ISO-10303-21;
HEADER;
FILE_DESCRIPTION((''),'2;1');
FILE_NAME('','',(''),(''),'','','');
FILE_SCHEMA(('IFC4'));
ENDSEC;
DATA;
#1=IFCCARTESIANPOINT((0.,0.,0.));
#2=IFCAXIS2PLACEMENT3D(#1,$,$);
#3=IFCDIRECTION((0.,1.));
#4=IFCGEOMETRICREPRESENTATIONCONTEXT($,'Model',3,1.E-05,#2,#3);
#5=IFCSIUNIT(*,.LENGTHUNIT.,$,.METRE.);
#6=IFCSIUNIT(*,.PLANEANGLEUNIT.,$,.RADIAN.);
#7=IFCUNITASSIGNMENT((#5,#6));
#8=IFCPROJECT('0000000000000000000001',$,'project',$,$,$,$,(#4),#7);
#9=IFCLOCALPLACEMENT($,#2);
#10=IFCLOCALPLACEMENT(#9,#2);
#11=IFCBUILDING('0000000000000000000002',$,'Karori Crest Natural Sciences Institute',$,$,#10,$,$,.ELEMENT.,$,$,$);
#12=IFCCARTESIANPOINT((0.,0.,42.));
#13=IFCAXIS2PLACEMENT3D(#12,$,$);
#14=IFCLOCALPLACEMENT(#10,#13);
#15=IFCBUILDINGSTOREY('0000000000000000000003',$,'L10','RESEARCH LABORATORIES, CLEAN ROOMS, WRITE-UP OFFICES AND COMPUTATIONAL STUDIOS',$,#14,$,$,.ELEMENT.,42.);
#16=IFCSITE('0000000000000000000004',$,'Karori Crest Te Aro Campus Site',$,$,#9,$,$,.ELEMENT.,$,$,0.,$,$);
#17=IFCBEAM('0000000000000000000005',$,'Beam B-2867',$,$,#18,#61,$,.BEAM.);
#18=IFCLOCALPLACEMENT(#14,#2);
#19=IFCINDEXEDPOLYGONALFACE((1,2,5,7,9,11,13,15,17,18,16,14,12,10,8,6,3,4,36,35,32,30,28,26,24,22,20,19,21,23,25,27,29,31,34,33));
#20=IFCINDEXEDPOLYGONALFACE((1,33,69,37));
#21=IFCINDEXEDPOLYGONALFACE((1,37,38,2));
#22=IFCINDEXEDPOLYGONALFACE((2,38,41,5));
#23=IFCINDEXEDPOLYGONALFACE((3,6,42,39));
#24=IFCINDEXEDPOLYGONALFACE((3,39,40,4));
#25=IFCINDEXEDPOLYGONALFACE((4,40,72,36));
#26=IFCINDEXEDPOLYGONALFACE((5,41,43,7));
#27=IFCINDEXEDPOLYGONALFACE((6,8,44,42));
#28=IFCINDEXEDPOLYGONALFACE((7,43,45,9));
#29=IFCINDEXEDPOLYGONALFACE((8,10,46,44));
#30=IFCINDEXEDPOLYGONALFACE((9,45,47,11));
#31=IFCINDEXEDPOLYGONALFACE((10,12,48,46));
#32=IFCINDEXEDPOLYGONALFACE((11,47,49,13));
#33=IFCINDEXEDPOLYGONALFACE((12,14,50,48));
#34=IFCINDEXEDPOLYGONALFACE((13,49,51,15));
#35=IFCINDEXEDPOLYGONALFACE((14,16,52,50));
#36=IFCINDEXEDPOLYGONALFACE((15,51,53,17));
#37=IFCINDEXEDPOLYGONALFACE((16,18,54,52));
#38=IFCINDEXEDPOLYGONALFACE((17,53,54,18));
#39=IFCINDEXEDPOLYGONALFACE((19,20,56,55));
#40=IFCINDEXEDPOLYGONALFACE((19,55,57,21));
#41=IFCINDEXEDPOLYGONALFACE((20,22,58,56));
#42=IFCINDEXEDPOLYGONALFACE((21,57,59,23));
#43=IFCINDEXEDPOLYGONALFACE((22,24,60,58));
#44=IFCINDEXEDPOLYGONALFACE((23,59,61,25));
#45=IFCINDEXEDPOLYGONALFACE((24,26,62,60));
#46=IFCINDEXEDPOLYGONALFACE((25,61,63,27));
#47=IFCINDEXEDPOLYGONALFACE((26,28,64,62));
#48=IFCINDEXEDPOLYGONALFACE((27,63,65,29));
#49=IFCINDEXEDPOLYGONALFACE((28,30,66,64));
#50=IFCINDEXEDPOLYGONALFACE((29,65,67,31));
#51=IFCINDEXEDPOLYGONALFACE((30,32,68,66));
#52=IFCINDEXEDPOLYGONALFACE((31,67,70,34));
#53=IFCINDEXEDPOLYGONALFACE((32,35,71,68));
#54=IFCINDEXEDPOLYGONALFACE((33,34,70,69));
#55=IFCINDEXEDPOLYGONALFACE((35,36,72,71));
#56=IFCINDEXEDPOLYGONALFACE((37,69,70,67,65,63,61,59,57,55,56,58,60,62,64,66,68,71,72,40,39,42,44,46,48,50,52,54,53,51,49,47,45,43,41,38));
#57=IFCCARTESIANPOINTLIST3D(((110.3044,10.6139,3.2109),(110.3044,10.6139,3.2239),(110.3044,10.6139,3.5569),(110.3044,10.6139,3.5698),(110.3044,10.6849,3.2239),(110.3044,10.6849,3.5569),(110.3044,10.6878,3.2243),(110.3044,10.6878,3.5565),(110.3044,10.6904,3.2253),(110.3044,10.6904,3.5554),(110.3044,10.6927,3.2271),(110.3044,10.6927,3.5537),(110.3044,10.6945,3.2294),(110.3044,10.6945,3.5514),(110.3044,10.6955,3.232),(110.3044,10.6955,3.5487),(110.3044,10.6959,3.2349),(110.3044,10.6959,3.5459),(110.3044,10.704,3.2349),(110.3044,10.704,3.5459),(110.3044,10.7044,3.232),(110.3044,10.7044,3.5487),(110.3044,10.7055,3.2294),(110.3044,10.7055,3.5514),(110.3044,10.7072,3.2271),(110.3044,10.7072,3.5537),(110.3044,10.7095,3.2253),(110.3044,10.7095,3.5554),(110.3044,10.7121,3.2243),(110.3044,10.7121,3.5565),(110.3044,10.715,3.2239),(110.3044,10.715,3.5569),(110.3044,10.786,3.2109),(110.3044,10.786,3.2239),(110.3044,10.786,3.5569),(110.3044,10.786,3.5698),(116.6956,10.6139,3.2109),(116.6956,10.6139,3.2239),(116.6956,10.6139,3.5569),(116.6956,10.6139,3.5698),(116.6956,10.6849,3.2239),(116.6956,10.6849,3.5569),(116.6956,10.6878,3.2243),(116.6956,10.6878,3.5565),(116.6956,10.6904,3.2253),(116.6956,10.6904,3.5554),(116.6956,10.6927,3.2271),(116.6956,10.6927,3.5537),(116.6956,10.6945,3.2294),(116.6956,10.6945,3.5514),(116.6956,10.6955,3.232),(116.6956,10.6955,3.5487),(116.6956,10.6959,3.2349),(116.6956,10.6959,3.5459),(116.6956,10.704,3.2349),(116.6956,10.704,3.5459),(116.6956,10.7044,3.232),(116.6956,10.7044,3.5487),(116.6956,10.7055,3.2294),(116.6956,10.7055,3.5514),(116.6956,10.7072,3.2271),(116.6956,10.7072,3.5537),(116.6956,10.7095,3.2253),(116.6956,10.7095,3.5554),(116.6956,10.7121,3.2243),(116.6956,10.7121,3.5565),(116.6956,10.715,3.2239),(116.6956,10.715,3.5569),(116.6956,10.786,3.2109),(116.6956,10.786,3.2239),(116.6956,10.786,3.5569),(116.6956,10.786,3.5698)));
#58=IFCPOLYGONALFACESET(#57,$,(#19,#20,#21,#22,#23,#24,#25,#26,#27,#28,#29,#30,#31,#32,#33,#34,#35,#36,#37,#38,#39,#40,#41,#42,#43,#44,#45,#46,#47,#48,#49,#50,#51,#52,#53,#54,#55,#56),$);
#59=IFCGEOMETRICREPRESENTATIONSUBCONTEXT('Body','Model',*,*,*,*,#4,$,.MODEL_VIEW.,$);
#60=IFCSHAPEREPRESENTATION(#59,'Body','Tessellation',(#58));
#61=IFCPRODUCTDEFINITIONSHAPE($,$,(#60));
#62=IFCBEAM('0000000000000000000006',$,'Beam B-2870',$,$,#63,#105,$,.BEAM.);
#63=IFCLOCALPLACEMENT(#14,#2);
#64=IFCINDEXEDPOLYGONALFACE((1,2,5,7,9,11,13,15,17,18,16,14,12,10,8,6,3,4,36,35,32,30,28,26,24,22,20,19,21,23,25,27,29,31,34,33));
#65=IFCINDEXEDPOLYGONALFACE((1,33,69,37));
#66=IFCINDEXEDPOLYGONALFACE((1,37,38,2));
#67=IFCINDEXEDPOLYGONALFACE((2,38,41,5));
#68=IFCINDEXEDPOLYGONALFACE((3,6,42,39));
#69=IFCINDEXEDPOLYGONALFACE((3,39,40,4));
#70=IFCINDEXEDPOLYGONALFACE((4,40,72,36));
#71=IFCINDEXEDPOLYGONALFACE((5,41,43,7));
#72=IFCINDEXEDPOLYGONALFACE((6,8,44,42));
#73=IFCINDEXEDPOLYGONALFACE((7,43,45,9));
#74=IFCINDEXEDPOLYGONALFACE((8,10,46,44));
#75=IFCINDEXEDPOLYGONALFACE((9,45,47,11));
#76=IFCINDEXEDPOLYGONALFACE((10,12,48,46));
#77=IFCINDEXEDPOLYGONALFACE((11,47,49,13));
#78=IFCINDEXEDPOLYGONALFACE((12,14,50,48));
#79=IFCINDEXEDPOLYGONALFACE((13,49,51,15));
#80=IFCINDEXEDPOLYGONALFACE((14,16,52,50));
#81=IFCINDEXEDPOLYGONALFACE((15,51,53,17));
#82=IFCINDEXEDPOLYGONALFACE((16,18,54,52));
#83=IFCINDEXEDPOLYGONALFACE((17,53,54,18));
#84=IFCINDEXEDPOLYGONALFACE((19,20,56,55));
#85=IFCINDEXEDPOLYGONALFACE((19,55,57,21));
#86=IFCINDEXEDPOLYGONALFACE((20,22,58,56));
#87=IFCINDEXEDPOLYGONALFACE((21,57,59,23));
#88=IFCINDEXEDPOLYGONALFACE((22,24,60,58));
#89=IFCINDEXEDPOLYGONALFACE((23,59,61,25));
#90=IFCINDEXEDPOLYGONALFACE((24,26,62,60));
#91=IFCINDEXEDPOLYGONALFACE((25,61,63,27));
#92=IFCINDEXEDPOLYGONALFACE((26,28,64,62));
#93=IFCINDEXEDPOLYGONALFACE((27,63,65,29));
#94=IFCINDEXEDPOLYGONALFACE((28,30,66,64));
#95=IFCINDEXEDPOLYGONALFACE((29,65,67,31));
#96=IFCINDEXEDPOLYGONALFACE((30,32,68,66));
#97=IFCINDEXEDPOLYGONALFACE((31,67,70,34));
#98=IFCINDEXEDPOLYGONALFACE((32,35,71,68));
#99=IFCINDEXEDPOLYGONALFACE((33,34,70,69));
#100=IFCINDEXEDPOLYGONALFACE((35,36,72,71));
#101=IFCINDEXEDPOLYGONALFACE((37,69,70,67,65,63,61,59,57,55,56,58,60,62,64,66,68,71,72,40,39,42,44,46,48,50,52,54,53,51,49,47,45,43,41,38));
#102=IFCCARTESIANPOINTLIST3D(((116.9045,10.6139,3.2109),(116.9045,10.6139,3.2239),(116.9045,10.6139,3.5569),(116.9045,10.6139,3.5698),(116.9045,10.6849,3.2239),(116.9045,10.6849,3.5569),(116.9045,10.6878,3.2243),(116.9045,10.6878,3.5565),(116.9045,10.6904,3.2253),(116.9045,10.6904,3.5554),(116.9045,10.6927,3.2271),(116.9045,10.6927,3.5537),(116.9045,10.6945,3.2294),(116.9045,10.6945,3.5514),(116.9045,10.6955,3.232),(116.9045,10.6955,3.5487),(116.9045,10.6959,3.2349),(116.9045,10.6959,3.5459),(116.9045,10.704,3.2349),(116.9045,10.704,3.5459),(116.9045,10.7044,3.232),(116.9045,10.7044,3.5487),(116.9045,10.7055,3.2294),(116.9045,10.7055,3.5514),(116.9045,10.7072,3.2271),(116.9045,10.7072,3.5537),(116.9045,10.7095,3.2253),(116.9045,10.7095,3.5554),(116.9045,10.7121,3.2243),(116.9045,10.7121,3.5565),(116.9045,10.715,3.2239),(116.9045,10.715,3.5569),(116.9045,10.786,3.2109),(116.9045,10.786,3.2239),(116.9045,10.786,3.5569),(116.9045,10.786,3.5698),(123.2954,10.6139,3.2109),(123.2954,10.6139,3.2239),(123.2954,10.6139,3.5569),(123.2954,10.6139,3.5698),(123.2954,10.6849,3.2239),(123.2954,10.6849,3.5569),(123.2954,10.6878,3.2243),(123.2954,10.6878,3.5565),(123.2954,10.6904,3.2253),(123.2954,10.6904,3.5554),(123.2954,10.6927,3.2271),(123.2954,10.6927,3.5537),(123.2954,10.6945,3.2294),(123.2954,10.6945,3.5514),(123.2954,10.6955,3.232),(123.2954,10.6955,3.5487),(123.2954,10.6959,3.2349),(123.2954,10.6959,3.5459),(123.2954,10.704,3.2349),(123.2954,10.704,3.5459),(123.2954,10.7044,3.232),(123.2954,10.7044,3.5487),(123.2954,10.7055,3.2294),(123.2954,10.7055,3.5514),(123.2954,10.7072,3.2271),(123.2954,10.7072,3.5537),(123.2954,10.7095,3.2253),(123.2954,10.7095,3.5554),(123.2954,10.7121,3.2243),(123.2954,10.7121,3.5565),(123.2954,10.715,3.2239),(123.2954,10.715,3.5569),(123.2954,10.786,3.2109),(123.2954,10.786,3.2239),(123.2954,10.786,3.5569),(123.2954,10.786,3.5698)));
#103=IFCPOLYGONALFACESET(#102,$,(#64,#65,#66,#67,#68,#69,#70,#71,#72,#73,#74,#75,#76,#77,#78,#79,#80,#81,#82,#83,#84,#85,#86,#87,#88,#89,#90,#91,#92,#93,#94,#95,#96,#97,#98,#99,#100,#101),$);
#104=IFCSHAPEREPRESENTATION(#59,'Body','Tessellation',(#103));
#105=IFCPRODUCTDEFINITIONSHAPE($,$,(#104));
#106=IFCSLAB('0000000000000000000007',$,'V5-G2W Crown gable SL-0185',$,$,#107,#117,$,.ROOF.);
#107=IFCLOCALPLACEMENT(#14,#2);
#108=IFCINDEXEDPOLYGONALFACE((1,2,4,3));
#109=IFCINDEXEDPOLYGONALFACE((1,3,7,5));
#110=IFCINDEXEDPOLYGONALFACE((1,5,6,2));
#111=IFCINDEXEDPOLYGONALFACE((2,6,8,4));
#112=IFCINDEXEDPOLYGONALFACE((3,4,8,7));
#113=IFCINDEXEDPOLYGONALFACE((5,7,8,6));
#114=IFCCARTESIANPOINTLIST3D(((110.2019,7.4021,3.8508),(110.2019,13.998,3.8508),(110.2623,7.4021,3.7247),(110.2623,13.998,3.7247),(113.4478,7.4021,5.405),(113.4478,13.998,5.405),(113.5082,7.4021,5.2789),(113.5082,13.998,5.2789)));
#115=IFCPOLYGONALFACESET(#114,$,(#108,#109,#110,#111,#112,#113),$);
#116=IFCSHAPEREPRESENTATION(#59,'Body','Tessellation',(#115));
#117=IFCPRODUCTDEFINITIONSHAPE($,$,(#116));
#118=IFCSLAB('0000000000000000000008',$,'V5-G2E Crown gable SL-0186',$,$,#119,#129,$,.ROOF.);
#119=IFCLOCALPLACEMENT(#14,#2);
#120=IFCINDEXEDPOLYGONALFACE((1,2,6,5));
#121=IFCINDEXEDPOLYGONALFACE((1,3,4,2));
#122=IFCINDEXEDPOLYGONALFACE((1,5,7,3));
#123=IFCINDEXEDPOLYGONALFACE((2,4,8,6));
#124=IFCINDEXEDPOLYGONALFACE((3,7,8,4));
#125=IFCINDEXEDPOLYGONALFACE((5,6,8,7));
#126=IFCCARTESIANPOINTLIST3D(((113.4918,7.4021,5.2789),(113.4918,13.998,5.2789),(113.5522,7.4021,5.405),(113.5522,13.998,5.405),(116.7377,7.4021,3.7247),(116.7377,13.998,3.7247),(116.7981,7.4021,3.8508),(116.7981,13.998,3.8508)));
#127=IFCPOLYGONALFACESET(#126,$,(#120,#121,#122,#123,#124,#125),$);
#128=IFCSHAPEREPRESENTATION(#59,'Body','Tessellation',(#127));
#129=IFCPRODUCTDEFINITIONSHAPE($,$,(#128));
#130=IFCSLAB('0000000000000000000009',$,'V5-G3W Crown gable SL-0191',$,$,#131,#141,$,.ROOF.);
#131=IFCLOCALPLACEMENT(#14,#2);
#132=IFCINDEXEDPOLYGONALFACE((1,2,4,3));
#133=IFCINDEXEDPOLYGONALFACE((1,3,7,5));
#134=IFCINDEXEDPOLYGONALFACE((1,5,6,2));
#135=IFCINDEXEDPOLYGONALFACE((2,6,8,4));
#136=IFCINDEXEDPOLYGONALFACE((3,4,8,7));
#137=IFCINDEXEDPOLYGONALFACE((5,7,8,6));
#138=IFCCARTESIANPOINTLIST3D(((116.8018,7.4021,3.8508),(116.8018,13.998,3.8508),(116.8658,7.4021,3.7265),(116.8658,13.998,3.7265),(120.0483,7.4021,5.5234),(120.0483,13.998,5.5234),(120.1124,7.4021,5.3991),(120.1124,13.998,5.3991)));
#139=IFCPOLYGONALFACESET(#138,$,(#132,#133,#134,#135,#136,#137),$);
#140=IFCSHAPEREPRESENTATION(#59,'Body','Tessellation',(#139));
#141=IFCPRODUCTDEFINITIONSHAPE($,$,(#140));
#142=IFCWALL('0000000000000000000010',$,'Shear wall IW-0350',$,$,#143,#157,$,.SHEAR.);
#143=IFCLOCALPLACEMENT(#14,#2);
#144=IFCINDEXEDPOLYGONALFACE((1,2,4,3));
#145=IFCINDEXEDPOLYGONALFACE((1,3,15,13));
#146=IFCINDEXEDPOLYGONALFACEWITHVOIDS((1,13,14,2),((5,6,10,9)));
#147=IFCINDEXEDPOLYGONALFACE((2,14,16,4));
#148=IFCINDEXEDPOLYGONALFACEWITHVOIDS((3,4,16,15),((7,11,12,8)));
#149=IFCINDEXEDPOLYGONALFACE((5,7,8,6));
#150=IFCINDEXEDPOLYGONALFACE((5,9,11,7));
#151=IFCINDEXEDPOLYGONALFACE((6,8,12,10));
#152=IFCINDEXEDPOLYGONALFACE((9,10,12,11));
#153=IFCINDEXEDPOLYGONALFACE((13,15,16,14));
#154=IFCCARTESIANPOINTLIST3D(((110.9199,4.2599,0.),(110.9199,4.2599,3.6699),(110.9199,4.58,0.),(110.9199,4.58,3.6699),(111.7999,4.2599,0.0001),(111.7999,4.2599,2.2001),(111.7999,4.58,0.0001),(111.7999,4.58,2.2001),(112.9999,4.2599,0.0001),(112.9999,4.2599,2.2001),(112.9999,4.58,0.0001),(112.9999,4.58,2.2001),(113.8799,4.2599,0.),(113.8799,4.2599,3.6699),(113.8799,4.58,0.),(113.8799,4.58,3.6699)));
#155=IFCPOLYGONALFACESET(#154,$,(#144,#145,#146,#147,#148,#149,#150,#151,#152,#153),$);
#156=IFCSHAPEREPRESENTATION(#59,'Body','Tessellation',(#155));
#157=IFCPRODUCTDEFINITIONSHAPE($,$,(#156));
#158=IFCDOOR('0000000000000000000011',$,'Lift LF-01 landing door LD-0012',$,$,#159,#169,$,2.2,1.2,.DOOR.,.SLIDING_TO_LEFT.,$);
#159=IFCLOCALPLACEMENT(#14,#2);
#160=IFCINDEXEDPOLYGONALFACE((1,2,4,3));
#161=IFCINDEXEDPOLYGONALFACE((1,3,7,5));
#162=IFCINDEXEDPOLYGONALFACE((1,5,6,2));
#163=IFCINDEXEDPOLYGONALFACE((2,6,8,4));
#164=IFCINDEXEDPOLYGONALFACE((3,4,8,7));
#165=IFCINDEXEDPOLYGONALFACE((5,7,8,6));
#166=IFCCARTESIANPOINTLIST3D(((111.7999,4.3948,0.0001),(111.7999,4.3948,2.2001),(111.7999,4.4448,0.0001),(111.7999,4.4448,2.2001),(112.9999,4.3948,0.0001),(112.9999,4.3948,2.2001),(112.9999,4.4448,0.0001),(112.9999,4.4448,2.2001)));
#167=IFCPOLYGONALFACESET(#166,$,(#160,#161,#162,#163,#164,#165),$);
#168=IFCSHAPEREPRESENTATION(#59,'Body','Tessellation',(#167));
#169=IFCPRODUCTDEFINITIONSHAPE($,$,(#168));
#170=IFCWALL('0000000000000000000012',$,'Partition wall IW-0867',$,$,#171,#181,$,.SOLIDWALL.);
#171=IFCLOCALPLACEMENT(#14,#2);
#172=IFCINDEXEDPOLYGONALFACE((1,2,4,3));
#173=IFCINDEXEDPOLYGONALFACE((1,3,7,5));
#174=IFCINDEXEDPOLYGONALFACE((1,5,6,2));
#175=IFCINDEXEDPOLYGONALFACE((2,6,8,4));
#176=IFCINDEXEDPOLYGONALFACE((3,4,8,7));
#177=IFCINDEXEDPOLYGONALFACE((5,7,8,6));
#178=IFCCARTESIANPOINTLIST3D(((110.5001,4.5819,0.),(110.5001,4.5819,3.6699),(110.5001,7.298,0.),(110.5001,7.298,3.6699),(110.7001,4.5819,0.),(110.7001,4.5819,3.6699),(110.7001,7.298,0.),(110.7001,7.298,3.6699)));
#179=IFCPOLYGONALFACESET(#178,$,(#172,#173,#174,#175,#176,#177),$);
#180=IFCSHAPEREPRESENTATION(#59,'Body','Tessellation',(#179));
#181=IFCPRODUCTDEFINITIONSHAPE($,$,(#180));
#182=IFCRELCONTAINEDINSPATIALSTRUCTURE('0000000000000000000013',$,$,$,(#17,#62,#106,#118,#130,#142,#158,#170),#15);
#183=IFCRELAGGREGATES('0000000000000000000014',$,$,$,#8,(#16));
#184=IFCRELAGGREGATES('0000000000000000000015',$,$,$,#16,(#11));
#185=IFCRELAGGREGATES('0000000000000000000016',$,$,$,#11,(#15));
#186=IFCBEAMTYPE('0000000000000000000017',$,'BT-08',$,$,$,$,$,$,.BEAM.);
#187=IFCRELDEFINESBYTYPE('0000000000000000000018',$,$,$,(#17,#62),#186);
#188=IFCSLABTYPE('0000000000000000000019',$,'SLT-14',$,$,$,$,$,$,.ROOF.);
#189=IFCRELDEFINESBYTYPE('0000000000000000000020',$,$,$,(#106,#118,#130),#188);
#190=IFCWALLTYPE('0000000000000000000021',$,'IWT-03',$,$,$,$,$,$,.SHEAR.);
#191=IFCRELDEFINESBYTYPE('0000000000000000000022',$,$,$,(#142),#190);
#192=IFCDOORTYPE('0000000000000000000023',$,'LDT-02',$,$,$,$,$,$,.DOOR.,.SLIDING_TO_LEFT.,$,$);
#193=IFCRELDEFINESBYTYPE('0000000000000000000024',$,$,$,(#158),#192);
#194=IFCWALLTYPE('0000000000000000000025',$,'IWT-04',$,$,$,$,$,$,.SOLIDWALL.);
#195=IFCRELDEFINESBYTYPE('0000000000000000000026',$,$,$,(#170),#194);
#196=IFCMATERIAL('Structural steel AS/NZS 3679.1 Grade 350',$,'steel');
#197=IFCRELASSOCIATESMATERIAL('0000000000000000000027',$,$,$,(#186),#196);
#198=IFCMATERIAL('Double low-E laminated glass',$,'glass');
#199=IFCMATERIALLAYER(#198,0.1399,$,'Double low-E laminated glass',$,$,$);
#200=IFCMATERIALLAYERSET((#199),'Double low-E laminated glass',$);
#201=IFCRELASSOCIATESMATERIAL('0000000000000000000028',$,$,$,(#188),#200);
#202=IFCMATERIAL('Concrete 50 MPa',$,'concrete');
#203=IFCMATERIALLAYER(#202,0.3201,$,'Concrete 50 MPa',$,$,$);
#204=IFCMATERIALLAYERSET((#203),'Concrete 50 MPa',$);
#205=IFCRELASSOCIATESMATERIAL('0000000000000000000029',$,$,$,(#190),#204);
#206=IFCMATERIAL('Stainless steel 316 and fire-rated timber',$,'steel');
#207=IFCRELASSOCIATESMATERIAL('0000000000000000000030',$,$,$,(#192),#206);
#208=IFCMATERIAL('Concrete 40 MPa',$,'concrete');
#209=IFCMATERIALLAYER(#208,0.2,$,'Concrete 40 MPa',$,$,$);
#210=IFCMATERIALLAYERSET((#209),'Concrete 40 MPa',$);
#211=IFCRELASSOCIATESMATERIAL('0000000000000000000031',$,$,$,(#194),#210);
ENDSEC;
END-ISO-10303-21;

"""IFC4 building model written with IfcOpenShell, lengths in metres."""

from ifc_helpers import new_model, si_unit, direction, frame, frame_2d, origin, origin_2d, place, context, subcontext, project, spatial, polyline, rectangle, i_section, outline, extrude, material, layer, layer_set, material_profile, profile_set, type_object, element, fill, save


model = new_model("IFC4")

# Units and contexts
model_context = context("Model", 3, precision=1e-05, world=origin(), true_north=direction((0.0, 1.0)))
body_context = subcontext(model_context, "Body", "Model", "MODEL_VIEW")
ifc_project = project(units=[si_unit("LENGTHUNIT", "METRE"), si_unit("PLANEANGLEUNIT", "RADIAN")], contexts=[model_context])

# Site, building, storey
site_placement = place(None, origin())
site = spatial("IfcSite", under=ifc_project, at=site_placement, Name="Karori Crest Te Aro Campus Site", CompositionType="ELEMENT", RefElevation=0.0)
building_placement = place(site_placement, origin())
building = spatial("IfcBuilding", under=site, at=building_placement, Name="Karori Crest Natural Sciences Institute", CompositionType="ELEMENT")
storey_placement = place(building_placement, frame((0.0, 0.0, 42.0)))
storey = spatial("IfcBuildingStorey", under=building, at=storey_placement, Name="L10", Description="RESEARCH LABORATORIES, CLEAN ROOMS, WRITE-UP OFFICES AND COMPUTATIONAL STUDIOS", CompositionType="ELEMENT", Elevation=42.0)

# Shared definitions
ifc_material_1 = material(Name="Structural steel AS/NZS 3679.1 Grade 350", Category="steel")

# Beams
ifc_material_profile_1 = material_profile(ifc_material_1, i_section(OverallWidth=0.1721, OverallDepth=0.3589, WebThickness=0.0081, FlangeThickness=0.0129, FilletRadius=0.011, at=origin_2d()), Name="360UB56.7")
ifc_profile_set_1 = profile_set([ifc_material_profile_1], Name="Structural steel AS/NZS 3679.1 Grade 350")
beam_type_1 = type_object("IfcBeamType", Name="BT-08", PredefinedType="BEAM", material=ifc_profile_set_1)
beam_1_placement = place(storey_placement, frame((110.3044, 10.7, 3.3904), z_axis=(1.0, 0.0, 0.0), x_axis=(0.0, 1.0, 0.0)))
element("IfcBeam", 1, at=beam_1_placement, inside=storey, type_object=beam_type_1, Name="Beam B-2867", PredefinedType="BEAM", context=body_context, shape_type="SweptSolid", body=[
    extrude(i_section(OverallWidth=0.1721, OverallDepth=0.3589, WebThickness=0.0081, FlangeThickness=0.0129, FilletRadius=0.011, at=origin_2d()), origin(), (0.0, 0.0, 1.0), 6.3911),
])
beam_2_placement = place(storey_placement, frame((116.9045, 10.7, 3.3904), z_axis=(1.0, 0.0, 0.0), x_axis=(0.0, 1.0, 0.0)))
element("IfcBeam", 2, at=beam_2_placement, inside=storey, type_object=beam_type_1, Name="Beam B-2870", PredefinedType="BEAM", context=body_context, shape_type="SweptSolid", body=[
    extrude(i_section(OverallWidth=0.1721, OverallDepth=0.3589, WebThickness=0.0081, FlangeThickness=0.0129, FilletRadius=0.011, at=origin_2d()), origin(), (0.0, 0.0, 1.0), 6.3909),
])

# Slabs
ifc_material_2 = material(Name="Double low-E laminated glass", Category="glass")
ifc_layer_1 = layer(ifc_material_2, 0.1399, Name="Double low-E laminated glass")
ifc_layer_set_1 = layer_set([ifc_layer_1], Name="Double low-E laminated glass")
slab_type = type_object("IfcSlabType", Name="SLT-14", PredefinedType="ROOF", material=ifc_layer_set_1)
for number, where, z_axis, x_axis, name in (
    (3, (110.2019, 7.4021, 3.8508), (-0.431871, 0.0, 0.901936), (0.901936, 0.0, 0.431871), "V5-G2W Crown gable SL-0185"),
    (4, (113.5522, 7.4021, 5.405), (0.431871, 0.0, 0.901936), (0.901936, 0.0, -0.431871), "V5-G2E Crown gable SL-0186"),
):
    element("IfcSlab", number, at=place(storey_placement, frame(where, z_axis=z_axis, x_axis=x_axis)), inside=storey, type_object=slab_type, Name=name, PredefinedType="ROOF", context=body_context, shape_type="SweptSolid", body=[
        extrude(outline(polyline([(0.0, 0.0), (3.5988, 0.0), (3.5988, 6.5959), (0.0, 6.5959), (0.0, 0.0)])), origin(), (0.0, 0.0, -1.0), 0.1399),
    ])
slab_placement = place(storey_placement, frame((116.8018, 7.4021, 3.8508), z_axis=(-0.457984, 0.0, 0.888961), x_axis=(0.888961, 0.0, 0.457984)))
element("IfcSlab", 5, at=slab_placement, inside=storey, type_object=slab_type, Name="V5-G3W Crown gable SL-0191", PredefinedType="ROOF", context=body_context, shape_type="SweptSolid", body=[
    extrude(outline(polyline([(0.0, 0.0), (3.6521, 0.0), (3.6521, 6.5959), (0.0, 6.5959), (0.0, 0.0)])), origin(), (0.0, 0.0, -1.0), 0.1399),
])

# Wall, opening, door
ifc_material_3 = material(Name="Concrete 50 MPa", Category="concrete")
ifc_layer_2 = layer(ifc_material_3, 0.3201, Name="Concrete 50 MPa")
ifc_layer_set_2 = layer_set([ifc_layer_2], Name="Concrete 50 MPa")
wall_type_1 = type_object("IfcWallType", Name="IWT-03", PredefinedType="SHEAR", material=ifc_layer_set_2)
wall_1_placement = place(storey_placement, frame((110.9199, 4.4199, 0.0), z_axis=(0.0, 0.0, 1.0), x_axis=(1.0, 0.0, 0.0)))
wall_1 = element("IfcWall", 6, at=wall_1_placement, inside=storey, type_object=wall_type_1, Name="Shear wall IW-0350", PredefinedType="SHEAR", context=body_context, shape_type="SweptSolid", body=[
    extrude(rectangle(XDim=2.96, YDim=0.3201, at=frame_2d((1.48, 0.0))), origin(), (0.0, 0.0, 1.0), 3.6699),
])
opening_1_placement = place(wall_1_placement, frame((0.8799, 0.0, 0.0)))
opening_1 = element("IfcOpeningElement", 7, at=opening_1_placement, cuts=wall_1, PredefinedType="OPENING", context=body_context, shape_type="SweptSolid", body=[
    extrude(rectangle(XDim=1.2, YDim=2.2, at=frame_2d((0.6001, 1.1001))), frame((0.0, 0.1699, 0.0), z_axis=(0.0, -1.0, 0.0), x_axis=(1.0, 0.0, 0.0)), (0.0, 0.0, 1.0), 0.3401),
])
ifc_material_4 = material(Name="Stainless steel 316 and fire-rated timber", Category="steel")
door_type_1 = type_object("IfcDoorType", Name="LDT-02", OperationType="SLIDING_TO_LEFT", PredefinedType="DOOR", material=ifc_material_4)
door_1_placement = place(opening_1_placement, origin())
door_1 = element("IfcDoor", 8, at=door_1_placement, inside=storey, type_object=door_type_1, Name="Lift LF-01 landing door LD-0012", OperationType="SLIDING_TO_LEFT", OverallHeight=2.2, OverallWidth=1.2, PredefinedType="DOOR", context=body_context, shape_type="SweptSolid", body=[
    extrude(rectangle(XDim=1.2, YDim=2.2, at=frame_2d((0.6001, 1.1001))), frame((0.0, 0.0249, 0.0), z_axis=(0.0, -1.0, 0.0), x_axis=(1.0, 0.0, 0.0)), (0.0, 0.0, 1.0), 0.05),
])
fill(opening_1, door_1)
ifc_material_5 = material(Name="Concrete 40 MPa", Category="concrete")
ifc_layer_3 = layer(ifc_material_5, 0.2, Name="Concrete 40 MPa")
ifc_layer_set_3 = layer_set([ifc_layer_3], Name="Concrete 40 MPa")
wall_type_2 = type_object("IfcWallType", Name="IWT-04", PredefinedType="SOLIDWALL", material=ifc_layer_set_3)

# Wall
wall_2_placement = place(storey_placement, frame((110.6001, 4.582, 0.0), z_axis=(0.0, 0.0, 1.0), x_axis=(0.0, 1.0, 0.0)))
element("IfcWall", 9, at=wall_2_placement, inside=storey, type_object=wall_type_2, Name="Partition wall IW-0867", PredefinedType="SOLIDWALL", context=body_context, shape_type="SweptSolid", body=[
    extrude(rectangle(XDim=2.7161, YDim=0.2, at=frame_2d((1.3579, 0.0))), origin(), (0.0, 0.0, 1.0), 3.6699),
])

save(model, "model.ifc")
